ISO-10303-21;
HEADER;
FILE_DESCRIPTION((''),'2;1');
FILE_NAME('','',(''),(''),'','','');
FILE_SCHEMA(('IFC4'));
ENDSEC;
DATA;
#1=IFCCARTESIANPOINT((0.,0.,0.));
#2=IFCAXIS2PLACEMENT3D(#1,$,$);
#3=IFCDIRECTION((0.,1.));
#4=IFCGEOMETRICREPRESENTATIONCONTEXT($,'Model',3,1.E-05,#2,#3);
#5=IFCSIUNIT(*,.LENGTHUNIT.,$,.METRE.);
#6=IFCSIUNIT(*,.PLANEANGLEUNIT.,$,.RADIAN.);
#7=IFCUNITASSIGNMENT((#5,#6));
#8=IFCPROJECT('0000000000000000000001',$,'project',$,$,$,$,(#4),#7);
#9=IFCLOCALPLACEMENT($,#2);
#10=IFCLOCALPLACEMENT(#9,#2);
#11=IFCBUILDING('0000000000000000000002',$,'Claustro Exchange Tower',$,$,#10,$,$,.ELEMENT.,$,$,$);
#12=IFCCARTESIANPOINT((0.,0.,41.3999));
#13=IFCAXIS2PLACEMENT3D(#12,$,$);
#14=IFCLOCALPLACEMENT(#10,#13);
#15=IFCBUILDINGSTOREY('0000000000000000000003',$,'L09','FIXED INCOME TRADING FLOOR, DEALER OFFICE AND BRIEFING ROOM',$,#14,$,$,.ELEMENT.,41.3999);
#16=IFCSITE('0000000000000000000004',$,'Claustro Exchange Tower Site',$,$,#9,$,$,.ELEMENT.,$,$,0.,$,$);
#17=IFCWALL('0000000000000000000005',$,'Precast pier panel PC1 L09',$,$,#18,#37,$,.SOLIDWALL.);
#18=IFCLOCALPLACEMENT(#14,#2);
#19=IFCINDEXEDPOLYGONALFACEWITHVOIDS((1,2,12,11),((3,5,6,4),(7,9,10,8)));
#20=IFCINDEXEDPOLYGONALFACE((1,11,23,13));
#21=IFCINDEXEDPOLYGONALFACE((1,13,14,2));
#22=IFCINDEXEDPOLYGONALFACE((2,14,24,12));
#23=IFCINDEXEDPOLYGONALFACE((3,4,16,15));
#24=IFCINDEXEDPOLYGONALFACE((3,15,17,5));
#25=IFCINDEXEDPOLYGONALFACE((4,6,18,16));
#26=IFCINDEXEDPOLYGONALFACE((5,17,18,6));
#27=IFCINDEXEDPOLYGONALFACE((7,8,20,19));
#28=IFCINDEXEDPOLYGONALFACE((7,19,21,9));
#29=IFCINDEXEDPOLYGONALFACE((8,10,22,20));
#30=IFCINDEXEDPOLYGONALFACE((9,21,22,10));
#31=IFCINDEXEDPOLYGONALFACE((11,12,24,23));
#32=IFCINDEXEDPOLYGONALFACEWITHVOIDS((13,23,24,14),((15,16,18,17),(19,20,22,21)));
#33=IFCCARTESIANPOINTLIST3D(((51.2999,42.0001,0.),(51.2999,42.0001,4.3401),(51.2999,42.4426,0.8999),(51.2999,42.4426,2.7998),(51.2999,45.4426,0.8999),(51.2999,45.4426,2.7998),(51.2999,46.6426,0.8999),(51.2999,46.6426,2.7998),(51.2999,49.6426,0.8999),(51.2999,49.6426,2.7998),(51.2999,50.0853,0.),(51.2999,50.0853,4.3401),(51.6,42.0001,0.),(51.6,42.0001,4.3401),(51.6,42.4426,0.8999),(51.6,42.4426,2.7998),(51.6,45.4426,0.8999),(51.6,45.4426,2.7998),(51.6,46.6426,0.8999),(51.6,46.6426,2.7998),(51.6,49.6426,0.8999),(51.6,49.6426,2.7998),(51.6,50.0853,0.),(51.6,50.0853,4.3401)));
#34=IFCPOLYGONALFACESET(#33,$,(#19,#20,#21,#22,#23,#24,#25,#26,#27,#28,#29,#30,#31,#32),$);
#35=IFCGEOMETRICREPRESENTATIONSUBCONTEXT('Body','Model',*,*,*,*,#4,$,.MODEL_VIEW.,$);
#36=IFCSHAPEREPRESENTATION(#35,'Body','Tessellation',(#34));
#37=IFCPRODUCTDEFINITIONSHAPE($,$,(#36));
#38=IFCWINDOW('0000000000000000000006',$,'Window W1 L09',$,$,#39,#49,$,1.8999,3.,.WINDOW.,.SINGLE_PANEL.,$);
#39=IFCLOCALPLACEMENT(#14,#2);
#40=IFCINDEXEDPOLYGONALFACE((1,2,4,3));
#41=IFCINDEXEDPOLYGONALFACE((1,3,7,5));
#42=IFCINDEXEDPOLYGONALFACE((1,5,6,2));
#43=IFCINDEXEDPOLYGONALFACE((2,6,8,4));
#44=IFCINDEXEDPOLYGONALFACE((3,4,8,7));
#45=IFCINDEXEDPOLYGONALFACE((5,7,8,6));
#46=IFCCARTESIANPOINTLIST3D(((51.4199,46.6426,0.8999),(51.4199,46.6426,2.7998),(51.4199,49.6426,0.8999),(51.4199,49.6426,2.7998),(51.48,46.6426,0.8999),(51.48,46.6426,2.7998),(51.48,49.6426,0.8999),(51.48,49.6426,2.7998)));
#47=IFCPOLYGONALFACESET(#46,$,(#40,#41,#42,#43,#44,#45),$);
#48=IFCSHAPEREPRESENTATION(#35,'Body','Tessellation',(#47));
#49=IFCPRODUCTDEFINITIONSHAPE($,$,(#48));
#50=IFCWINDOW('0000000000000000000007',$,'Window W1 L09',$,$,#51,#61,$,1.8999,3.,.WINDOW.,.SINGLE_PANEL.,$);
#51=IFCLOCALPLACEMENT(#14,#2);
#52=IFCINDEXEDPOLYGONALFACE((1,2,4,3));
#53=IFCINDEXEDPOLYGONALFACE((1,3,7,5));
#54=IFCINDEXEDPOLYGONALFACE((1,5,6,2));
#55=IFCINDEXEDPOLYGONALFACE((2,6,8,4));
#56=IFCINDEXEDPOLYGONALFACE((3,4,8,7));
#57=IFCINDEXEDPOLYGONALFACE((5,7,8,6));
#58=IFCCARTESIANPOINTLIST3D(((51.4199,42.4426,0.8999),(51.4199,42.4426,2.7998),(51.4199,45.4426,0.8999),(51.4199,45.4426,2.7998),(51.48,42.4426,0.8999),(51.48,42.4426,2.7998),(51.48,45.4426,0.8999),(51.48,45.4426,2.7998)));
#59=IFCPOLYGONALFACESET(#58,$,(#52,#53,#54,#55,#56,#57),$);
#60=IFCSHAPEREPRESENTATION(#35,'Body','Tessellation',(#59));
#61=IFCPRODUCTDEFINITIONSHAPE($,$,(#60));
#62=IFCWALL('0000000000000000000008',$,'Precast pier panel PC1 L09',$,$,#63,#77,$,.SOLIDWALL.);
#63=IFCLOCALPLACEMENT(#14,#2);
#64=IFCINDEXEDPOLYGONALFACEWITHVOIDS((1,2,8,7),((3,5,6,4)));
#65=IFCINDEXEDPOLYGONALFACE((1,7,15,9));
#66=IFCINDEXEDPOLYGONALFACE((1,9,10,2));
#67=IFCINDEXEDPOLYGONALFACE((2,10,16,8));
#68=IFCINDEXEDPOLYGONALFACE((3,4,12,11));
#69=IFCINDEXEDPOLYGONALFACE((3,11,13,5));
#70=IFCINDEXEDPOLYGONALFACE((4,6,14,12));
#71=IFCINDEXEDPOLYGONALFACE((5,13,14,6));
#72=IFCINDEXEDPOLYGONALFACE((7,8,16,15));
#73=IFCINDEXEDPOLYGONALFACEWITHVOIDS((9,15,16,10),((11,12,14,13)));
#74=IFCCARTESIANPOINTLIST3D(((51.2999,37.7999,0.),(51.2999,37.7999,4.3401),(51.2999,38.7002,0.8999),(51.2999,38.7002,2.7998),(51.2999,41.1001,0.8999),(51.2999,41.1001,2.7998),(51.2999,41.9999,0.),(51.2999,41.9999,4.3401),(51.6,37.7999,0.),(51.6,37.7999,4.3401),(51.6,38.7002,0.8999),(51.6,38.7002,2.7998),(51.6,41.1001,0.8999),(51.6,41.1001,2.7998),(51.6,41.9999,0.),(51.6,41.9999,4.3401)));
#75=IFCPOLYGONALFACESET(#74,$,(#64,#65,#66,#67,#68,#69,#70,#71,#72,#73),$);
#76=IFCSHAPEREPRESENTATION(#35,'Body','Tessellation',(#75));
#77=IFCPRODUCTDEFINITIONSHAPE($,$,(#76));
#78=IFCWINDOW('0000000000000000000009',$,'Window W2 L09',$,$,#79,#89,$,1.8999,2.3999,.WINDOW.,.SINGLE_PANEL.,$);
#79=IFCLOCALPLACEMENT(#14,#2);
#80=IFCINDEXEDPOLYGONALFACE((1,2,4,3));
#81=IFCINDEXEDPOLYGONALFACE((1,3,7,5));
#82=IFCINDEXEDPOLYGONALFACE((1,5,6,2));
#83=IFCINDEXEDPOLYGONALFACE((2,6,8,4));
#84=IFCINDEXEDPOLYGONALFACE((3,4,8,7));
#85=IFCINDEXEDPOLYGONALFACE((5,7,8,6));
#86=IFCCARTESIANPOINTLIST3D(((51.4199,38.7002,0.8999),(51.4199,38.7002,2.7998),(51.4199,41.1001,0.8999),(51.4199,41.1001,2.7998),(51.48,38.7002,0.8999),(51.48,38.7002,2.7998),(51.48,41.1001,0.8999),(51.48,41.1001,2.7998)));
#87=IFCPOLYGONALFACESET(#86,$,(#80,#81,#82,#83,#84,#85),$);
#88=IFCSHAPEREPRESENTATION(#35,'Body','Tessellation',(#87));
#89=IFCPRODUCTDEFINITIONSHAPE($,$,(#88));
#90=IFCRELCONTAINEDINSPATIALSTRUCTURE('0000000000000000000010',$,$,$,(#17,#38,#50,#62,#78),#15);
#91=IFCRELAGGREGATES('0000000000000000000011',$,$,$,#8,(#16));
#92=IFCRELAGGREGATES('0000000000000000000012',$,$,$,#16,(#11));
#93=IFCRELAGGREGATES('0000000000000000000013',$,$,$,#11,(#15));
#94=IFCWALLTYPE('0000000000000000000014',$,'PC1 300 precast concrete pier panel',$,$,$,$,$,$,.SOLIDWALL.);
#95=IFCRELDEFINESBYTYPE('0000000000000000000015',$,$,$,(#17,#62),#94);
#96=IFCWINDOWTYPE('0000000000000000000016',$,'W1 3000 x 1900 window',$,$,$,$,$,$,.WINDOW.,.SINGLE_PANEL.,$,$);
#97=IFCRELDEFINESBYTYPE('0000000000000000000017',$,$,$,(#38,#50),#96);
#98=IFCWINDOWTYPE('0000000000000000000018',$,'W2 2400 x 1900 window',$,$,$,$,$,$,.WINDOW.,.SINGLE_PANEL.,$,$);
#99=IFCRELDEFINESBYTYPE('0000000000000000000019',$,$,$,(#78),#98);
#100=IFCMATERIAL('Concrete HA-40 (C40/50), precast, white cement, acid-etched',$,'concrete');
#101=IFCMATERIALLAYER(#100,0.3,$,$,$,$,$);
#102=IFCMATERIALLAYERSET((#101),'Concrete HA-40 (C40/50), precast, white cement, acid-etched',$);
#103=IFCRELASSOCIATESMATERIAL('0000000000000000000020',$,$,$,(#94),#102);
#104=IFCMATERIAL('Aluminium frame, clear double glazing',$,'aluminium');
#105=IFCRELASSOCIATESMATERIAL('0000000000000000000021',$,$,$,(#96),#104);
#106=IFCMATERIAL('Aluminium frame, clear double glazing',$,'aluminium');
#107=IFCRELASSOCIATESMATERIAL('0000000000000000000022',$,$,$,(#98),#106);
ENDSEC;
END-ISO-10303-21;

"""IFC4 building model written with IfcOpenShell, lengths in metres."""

from ifc_helpers import new_model, si_unit, direction, frame, frame_2d, origin, place, context, subcontext, project, spatial, rectangle, extrude, material, layer, layer_set, type_object, element, fill, save


model = new_model("IFC4")

# Units and contexts
model_context = context("Model", 3, precision=1e-05, world=origin(), true_north=direction((0.0, 1.0)))
body_context = subcontext(model_context, "Body", "Model", "MODEL_VIEW")
ifc_project = project(units=[si_unit("LENGTHUNIT", "METRE"), si_unit("PLANEANGLEUNIT", "RADIAN")], contexts=[model_context])

# Site, building, storey
site_placement = place(None, origin())
site = spatial("IfcSite", under=ifc_project, at=site_placement, Name="Claustro Exchange Tower Site", CompositionType="ELEMENT", RefElevation=0.0)
building_placement = place(site_placement, origin())
building = spatial("IfcBuilding", under=site, at=building_placement, Name="Claustro Exchange Tower", CompositionType="ELEMENT")
storey_placement = place(building_placement, frame((0.0, 0.0, 41.3999)))
storey = spatial("IfcBuildingStorey", under=building, at=storey_placement, Name="L09", Description="FIXED INCOME TRADING FLOOR, DEALER OFFICE AND BRIEFING ROOM", CompositionType="ELEMENT", Elevation=41.3999)

# Shared definitions
ifc_material_1 = material(Name="Concrete HA-40 (C40/50), precast, white cement, acid-etched", Category="concrete")
ifc_layer_1 = layer(ifc_material_1, 0.3)
ifc_layer_set_1 = layer_set([ifc_layer_1], Name="Concrete HA-40 (C40/50), precast, white cement, acid-etched")
wall_type_1 = type_object("IfcWallType", Name="PC1 300 precast concrete pier panel", PredefinedType="SOLIDWALL", material=ifc_layer_set_1)
ifc_material_2 = material(Name="Aluminium frame, clear double glazing", Category="aluminium")
window_type_1 = type_object("IfcWindowType", Name="W1 3000 x 1900 window", PartitioningType="SINGLE_PANEL", PredefinedType="WINDOW", material=ifc_material_2)

# Wall, openings, windows
wall_1_placement = place(storey_placement, frame((51.45, 50.0852, 0.0), z_axis=(0.0, 0.0, 1.0), x_axis=(0.0, -1.0, 0.0)))
wall_1 = element("IfcWall", 1, at=wall_1_placement, inside=storey, type_object=wall_type_1, Name="Precast pier panel PC1 L09", PredefinedType="SOLIDWALL", context=body_context, shape_type="SweptSolid", body=[
    extrude(rectangle(XDim=8.0852, YDim=0.3, at=frame_2d((4.0425, 0.0))), origin(), (0.0, 0.0, 1.0), 4.3401),
])
opening_1_placement = place(wall_1_placement, frame((0.4426, 0.0, 0.8999)))
opening_1 = element("IfcOpeningElement", 2, at=opening_1_placement, cuts=wall_1, PredefinedType="OPENING", context=body_context, shape_type="SweptSolid", body=[
    extrude(rectangle(XDim=3.0, YDim=1.8999, at=frame_2d((1.5, 0.95))), frame((0.0, 0.1599, 0.0), z_axis=(0.0, -1.0, 0.0), x_axis=(1.0, 0.0, 0.0)), (0.0, 0.0, 1.0), 0.3201),
])
opening_2_placement = place(wall_1_placement, frame((4.6426, 0.0, 0.8999)))
opening_2 = element("IfcOpeningElement", 3, at=opening_2_placement, cuts=wall_1, PredefinedType="OPENING", context=body_context, shape_type="SweptSolid", body=[
    extrude(rectangle(XDim=3.0, YDim=1.8999, at=frame_2d((1.5, 0.95))), frame((0.0, 0.1599, 0.0), z_axis=(0.0, -1.0, 0.0), x_axis=(1.0, 0.0, 0.0)), (0.0, 0.0, 1.0), 0.3201),
])
window_1_placement = place(opening_1_placement, origin())
window_1 = element("IfcWindow", 4, at=window_1_placement, inside=storey, type_object=window_type_1, Name="Window W1 L09", OverallHeight=1.8999, OverallWidth=3.0, PartitioningType="SINGLE_PANEL", PredefinedType="WINDOW", context=body_context, shape_type="SweptSolid", body=[
    extrude(rectangle(XDim=3.0, YDim=1.8999, at=frame_2d((1.5, 0.95))), frame((0.0, 0.03, 0.0), z_axis=(0.0, -1.0, 0.0), x_axis=(1.0, 0.0, 0.0)), (0.0, 0.0, 1.0), 0.0601),
])
fill(opening_1, window_1)
window_2_placement = place(opening_2_placement, origin())
window_2 = element("IfcWindow", 5, at=window_2_placement, inside=storey, type_object=window_type_1, Name="Window W1 L09", OverallHeight=1.8999, OverallWidth=3.0, PartitioningType="SINGLE_PANEL", PredefinedType="WINDOW", context=body_context, shape_type="SweptSolid", body=[
    extrude(rectangle(XDim=3.0, YDim=1.8999, at=frame_2d((1.5, 0.95))), frame((0.0, 0.03, 0.0), z_axis=(0.0, -1.0, 0.0), x_axis=(1.0, 0.0, 0.0)), (0.0, 0.0, 1.0), 0.0601),
])
fill(opening_2, window_2)

# Wall, opening, window
wall_2_placement = place(storey_placement, frame((51.45, 42.0, 0.0), z_axis=(0.0, 0.0, 1.0), x_axis=(0.0, -1.0, 0.0)))
wall_2 = element("IfcWall", 6, at=wall_2_placement, inside=storey, type_object=wall_type_1, Name="Precast pier panel PC1 L09", PredefinedType="SOLIDWALL", context=body_context, shape_type="SweptSolid", body=[
    extrude(rectangle(XDim=4.2, YDim=0.3, at=frame_2d((2.1001, 0.0))), origin(), (0.0, 0.0, 1.0), 4.3401),
])
opening_3_placement = place(wall_2_placement, frame((0.8999, 0.0, 0.8999)))
opening_3 = element("IfcOpeningElement", 7, at=opening_3_placement, cuts=wall_2, PredefinedType="OPENING", context=body_context, shape_type="SweptSolid", body=[
    extrude(rectangle(XDim=2.3999, YDim=1.8999, at=frame_2d((1.2, 0.95))), frame((0.0, 0.1599, 0.0), z_axis=(0.0, -1.0, 0.0), x_axis=(1.0, 0.0, 0.0)), (0.0, 0.0, 1.0), 0.3201),
])
ifc_material_3 = material(Name="Aluminium frame, clear double glazing", Category="aluminium")
window_type_2 = type_object("IfcWindowType", Name="W2 2400 x 1900 window", PartitioningType="SINGLE_PANEL", PredefinedType="WINDOW", material=ifc_material_3)
window_3_placement = place(opening_3_placement, origin())
window_3 = element("IfcWindow", 8, at=window_3_placement, inside=storey, type_object=window_type_2, Name="Window W2 L09", OverallHeight=1.8999, OverallWidth=2.3999, PartitioningType="SINGLE_PANEL", PredefinedType="WINDOW", context=body_context, shape_type="SweptSolid", body=[
    extrude(rectangle(XDim=2.3999, YDim=1.8999, at=frame_2d((1.2, 0.95))), frame((0.0, 0.03, 0.0), z_axis=(0.0, -1.0, 0.0), x_axis=(1.0, 0.0, 0.0)), (0.0, 0.0, 1.0), 0.0601),
])
fill(opening_3, window_3)

save(model, "model.ifc")
